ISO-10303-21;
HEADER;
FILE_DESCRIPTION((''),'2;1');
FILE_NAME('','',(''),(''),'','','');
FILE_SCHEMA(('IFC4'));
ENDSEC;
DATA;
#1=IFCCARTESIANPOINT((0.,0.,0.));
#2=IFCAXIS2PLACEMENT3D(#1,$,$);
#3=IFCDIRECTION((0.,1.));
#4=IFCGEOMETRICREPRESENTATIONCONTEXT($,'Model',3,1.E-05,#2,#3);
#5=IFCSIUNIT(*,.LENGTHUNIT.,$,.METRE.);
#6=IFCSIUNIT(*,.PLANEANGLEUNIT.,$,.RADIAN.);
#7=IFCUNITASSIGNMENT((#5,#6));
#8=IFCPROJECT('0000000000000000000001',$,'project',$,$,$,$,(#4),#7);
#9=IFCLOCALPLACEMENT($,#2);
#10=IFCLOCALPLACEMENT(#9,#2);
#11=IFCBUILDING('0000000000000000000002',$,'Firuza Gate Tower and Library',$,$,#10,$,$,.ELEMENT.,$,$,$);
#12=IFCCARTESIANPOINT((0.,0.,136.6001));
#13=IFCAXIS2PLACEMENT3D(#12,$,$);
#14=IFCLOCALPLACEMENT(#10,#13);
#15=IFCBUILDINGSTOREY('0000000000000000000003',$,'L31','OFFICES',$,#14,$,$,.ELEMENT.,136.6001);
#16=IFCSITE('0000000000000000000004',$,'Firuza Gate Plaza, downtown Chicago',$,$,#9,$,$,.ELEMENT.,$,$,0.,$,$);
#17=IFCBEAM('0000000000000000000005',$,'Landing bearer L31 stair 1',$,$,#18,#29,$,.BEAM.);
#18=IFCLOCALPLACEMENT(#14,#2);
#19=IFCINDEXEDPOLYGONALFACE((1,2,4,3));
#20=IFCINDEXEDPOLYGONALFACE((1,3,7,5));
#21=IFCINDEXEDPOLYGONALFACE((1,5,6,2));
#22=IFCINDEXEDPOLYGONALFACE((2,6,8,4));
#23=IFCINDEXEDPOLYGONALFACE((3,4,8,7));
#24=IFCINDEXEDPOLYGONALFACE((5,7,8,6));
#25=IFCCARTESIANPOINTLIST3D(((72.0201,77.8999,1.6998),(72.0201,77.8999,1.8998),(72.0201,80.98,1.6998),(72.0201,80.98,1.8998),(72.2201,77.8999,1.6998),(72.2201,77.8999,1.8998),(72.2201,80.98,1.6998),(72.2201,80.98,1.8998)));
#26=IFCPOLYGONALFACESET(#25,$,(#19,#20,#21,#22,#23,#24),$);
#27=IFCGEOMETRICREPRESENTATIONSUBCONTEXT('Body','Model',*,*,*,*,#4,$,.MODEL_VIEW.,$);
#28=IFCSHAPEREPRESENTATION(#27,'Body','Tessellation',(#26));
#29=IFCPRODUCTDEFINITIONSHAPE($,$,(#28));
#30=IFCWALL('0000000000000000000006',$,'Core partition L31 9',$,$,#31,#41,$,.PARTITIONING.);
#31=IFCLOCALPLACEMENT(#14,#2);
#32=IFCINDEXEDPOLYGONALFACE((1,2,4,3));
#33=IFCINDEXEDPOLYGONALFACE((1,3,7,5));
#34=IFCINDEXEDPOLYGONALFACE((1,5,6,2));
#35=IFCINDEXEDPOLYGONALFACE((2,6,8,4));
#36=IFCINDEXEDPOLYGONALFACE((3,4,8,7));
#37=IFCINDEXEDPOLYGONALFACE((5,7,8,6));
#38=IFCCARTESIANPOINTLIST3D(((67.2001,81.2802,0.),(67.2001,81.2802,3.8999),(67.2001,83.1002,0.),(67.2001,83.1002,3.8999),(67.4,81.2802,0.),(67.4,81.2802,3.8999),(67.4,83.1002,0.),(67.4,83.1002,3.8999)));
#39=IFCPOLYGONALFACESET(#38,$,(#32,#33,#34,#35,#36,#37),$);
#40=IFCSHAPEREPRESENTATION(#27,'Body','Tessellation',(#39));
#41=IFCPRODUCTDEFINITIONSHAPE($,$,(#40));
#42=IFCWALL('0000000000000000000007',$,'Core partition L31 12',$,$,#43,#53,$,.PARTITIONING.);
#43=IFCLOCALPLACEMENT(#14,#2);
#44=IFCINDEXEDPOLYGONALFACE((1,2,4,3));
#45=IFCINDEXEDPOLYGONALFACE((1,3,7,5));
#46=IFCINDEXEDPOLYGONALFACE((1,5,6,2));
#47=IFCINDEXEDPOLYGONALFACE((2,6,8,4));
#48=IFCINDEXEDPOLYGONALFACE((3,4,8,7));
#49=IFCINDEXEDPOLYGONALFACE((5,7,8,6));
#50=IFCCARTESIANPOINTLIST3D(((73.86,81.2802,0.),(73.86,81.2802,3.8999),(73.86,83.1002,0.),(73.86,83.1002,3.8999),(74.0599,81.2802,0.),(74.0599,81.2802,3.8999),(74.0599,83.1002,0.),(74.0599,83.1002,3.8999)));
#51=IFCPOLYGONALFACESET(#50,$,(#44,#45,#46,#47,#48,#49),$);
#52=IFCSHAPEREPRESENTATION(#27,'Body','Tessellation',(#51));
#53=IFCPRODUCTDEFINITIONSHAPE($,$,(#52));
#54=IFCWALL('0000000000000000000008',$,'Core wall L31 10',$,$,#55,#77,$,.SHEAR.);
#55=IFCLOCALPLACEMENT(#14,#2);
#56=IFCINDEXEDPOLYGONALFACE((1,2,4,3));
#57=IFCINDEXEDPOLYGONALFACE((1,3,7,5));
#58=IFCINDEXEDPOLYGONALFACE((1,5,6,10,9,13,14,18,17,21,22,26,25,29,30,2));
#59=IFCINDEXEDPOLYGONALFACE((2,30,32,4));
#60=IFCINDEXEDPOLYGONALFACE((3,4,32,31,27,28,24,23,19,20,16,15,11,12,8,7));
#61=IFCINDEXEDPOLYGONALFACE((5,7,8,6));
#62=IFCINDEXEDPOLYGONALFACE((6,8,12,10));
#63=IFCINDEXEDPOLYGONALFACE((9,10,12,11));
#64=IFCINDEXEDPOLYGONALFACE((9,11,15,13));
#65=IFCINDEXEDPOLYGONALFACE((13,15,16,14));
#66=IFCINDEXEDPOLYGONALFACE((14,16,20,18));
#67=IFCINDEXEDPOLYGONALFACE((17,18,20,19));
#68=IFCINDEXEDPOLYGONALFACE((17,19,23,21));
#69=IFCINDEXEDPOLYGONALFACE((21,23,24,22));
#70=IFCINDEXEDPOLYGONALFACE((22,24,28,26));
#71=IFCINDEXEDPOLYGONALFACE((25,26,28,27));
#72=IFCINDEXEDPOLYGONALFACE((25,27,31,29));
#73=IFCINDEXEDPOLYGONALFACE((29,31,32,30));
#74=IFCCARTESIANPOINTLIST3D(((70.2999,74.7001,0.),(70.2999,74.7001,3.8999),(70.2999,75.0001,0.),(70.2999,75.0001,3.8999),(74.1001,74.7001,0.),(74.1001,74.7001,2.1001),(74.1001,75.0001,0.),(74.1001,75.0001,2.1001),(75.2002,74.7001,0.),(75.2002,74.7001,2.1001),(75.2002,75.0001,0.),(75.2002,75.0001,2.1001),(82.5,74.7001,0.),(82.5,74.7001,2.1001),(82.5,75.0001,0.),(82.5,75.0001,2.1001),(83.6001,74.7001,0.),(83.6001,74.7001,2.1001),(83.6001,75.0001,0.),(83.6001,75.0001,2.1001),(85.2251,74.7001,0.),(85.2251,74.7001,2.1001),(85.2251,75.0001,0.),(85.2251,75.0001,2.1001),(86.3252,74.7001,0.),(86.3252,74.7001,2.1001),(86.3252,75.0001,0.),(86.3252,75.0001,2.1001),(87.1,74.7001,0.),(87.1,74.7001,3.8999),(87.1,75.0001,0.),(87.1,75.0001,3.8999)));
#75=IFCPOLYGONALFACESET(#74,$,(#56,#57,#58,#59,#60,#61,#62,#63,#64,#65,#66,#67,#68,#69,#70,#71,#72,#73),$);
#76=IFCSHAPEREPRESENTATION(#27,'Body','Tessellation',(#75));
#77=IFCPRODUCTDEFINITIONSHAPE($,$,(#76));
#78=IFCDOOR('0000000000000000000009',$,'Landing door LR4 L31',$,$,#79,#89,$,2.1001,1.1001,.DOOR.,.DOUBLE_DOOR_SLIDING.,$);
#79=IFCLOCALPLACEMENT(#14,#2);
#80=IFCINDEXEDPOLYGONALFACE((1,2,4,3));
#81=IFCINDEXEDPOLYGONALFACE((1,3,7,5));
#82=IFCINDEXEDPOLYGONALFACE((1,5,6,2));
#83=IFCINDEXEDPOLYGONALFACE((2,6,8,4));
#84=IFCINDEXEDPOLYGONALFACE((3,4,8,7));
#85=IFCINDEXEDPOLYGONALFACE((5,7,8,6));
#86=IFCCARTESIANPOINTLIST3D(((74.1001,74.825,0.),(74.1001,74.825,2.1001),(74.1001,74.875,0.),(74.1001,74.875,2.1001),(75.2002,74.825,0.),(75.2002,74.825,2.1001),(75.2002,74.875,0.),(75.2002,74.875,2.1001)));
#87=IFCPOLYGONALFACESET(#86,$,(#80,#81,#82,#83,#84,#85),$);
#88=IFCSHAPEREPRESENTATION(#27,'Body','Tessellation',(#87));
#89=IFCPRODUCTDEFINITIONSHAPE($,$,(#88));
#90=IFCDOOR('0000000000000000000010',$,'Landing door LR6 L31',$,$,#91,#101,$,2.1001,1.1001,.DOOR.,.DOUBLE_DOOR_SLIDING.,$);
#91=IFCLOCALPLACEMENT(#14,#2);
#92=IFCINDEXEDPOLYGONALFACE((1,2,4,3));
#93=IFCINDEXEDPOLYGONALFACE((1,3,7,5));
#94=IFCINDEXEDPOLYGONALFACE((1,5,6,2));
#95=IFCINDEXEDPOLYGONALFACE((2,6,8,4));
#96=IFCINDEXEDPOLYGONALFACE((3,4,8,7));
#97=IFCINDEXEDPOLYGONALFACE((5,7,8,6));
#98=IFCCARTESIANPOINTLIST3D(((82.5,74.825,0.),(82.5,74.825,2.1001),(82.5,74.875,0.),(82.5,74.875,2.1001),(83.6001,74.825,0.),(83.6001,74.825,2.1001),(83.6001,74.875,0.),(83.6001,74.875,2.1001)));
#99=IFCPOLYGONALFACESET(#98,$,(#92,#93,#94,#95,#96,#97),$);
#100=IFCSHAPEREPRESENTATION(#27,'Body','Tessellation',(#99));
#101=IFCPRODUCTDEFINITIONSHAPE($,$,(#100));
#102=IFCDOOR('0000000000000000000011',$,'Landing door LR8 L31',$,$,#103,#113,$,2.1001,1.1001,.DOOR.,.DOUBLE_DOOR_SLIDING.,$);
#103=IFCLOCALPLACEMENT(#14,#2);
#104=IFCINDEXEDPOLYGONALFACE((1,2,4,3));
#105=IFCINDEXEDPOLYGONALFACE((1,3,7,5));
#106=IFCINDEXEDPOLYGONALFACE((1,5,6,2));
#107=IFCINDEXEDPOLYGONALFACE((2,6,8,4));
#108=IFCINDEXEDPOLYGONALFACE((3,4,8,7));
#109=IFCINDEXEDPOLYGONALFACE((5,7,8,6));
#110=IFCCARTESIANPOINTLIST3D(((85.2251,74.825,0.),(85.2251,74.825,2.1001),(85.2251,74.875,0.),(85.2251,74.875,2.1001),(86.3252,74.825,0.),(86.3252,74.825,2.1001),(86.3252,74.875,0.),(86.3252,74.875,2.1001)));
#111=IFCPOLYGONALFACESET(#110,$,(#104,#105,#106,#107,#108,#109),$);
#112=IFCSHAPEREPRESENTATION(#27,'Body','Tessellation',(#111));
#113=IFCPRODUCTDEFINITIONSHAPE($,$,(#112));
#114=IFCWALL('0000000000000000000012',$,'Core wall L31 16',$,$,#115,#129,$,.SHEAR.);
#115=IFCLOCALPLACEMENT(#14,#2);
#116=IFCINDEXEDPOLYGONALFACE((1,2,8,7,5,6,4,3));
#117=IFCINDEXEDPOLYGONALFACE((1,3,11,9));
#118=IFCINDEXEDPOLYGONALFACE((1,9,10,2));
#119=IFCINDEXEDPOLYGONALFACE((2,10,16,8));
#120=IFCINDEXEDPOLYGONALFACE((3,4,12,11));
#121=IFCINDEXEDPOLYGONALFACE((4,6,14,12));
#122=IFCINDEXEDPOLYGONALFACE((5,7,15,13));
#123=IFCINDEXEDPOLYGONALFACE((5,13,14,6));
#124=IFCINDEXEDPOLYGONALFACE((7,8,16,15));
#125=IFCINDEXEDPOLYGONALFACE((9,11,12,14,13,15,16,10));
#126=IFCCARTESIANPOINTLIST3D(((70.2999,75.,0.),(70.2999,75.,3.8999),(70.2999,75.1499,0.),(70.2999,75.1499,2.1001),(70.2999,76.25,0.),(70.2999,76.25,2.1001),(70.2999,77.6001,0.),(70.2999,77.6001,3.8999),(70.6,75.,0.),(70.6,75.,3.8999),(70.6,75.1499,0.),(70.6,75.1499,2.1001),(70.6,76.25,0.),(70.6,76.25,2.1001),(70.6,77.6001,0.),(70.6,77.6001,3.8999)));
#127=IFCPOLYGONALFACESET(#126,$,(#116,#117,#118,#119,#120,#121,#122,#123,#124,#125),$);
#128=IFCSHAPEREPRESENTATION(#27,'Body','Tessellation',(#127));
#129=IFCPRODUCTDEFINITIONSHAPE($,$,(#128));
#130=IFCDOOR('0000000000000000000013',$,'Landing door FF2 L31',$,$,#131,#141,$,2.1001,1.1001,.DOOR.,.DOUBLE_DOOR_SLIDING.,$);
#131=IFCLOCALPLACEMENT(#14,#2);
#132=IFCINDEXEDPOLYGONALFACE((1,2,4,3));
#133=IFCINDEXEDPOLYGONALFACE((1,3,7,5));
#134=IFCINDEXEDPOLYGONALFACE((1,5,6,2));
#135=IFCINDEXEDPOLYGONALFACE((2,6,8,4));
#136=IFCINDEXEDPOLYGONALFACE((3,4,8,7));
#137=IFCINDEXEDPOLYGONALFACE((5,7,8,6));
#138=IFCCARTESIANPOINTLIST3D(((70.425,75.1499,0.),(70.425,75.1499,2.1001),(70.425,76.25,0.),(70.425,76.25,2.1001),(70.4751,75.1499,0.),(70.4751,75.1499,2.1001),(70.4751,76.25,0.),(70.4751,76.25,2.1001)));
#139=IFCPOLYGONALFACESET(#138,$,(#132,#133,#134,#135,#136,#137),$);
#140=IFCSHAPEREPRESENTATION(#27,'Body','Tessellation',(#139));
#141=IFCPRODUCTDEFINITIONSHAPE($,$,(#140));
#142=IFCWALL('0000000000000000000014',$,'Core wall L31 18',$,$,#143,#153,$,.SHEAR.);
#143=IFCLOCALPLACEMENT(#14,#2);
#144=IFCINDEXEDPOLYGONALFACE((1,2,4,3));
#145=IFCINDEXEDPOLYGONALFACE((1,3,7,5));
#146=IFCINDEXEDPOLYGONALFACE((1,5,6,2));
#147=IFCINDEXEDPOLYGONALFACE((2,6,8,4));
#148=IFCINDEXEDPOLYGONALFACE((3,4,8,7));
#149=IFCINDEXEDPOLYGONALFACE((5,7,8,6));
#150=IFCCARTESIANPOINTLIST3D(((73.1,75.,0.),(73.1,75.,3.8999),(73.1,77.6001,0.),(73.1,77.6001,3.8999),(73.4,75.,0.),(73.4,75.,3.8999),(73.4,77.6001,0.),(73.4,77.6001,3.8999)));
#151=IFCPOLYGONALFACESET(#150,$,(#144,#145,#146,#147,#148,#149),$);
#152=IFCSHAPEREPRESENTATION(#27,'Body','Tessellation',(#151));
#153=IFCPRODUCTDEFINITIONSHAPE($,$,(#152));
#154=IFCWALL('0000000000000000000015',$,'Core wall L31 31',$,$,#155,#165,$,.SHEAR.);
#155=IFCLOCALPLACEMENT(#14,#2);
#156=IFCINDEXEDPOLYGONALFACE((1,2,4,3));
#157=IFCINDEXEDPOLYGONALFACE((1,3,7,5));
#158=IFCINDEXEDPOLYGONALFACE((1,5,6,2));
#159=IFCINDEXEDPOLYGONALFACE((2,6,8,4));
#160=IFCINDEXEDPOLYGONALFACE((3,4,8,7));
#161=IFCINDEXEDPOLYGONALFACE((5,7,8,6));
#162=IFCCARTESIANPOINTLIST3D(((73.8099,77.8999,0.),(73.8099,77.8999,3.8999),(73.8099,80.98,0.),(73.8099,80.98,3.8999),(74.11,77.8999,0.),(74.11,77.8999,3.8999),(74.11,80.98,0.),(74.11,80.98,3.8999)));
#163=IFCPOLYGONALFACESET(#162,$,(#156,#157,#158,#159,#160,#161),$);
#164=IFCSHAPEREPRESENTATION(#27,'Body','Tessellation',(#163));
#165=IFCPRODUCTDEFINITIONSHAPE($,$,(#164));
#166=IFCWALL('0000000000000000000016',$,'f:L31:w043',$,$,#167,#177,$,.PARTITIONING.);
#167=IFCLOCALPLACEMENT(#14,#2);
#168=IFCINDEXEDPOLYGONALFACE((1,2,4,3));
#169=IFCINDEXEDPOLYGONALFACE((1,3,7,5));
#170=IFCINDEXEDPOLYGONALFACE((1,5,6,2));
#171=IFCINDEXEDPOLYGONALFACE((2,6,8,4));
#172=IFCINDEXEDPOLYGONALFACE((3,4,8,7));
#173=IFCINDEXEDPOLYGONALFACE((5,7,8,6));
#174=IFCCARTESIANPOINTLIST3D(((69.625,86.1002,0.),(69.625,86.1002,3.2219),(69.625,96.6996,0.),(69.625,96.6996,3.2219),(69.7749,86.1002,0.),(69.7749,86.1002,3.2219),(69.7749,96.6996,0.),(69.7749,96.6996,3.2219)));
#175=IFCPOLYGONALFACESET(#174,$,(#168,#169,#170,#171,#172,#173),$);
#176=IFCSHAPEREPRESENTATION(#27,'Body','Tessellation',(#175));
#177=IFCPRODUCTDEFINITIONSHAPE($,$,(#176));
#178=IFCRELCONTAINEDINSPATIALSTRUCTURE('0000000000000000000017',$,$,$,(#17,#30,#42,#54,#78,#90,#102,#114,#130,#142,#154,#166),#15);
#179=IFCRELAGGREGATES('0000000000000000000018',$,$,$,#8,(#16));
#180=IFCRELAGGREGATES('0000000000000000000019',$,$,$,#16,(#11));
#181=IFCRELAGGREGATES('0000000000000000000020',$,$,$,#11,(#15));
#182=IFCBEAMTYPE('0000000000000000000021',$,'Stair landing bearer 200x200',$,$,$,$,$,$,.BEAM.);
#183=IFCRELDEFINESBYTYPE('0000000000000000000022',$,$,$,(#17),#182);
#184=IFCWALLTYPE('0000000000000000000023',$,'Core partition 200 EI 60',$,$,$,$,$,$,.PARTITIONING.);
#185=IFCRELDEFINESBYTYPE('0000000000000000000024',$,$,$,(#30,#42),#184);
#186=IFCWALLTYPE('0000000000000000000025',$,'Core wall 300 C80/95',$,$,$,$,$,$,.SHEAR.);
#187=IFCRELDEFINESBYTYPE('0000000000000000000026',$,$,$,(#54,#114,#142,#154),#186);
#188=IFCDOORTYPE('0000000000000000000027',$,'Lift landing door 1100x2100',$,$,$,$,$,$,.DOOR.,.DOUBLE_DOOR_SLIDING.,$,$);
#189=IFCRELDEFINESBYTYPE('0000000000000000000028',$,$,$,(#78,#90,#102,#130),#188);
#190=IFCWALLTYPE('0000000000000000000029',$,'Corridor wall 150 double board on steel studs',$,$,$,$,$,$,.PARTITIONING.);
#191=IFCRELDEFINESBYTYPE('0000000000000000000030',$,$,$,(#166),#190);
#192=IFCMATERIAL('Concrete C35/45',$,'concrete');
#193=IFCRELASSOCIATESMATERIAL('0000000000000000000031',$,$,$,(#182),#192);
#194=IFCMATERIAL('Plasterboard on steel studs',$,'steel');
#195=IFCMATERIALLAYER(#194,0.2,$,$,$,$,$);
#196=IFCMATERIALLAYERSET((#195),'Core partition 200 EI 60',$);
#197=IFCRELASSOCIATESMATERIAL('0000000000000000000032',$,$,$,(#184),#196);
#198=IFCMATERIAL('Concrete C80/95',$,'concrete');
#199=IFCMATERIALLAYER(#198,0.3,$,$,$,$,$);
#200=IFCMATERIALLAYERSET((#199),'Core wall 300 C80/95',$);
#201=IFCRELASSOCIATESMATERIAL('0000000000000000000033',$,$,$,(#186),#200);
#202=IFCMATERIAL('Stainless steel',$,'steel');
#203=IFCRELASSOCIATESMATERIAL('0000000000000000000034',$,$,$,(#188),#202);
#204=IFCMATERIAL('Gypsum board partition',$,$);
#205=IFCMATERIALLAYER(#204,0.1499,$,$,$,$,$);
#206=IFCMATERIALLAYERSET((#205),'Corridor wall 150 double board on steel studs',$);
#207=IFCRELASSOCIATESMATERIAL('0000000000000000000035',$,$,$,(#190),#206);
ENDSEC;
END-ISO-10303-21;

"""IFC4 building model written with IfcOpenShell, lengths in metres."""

from ifc_helpers import new_model, si_unit, direction, frame, frame_2d, origin, origin_2d, place, context, subcontext, project, spatial, rectangle, extrude, material, layer, layer_set, material_profile, profile_set, type_object, element, fill, save


model = new_model("IFC4")

# Units and contexts
model_context = context("Model", 3, precision=1e-05, world=origin(), true_north=direction((0.0, 1.0)))
body_context = subcontext(model_context, "Body", "Model", "MODEL_VIEW")
ifc_project = project(units=[si_unit("LENGTHUNIT", "METRE"), si_unit("PLANEANGLEUNIT", "RADIAN")], contexts=[model_context])

# Site, building, storey
site_placement = place(None, origin())
site = spatial("IfcSite", under=ifc_project, at=site_placement, Name="Firuza Gate Plaza, downtown Chicago", CompositionType="ELEMENT", RefElevation=0.0)
building_placement = place(site_placement, origin())
building = spatial("IfcBuilding", under=site, at=building_placement, Name="Firuza Gate Tower and Library", CompositionType="ELEMENT")
storey_placement = place(building_placement, frame((0.0, 0.0, 136.6001)))
storey = spatial("IfcBuildingStorey", under=building, at=storey_placement, Name="L31", Description="OFFICES", CompositionType="ELEMENT", Elevation=136.6001)

# Beam
ifc_material_1 = material(Name="Concrete C35/45", Category="concrete")
ifc_material_profile = material_profile(ifc_material_1, rectangle(XDim=0.2, YDim=0.2, at=origin_2d()))
ifc_profile_set = profile_set([ifc_material_profile], Name="Concrete C35/45")
beam_type = type_object("IfcBeamType", Name="Stair landing bearer 200x200", PredefinedType="BEAM", material=ifc_profile_set)
beam_placement = place(storey_placement, frame((72.1201, 77.8999, 1.7998), z_axis=(0.0, 1.0, 0.0), x_axis=(-1.0, 0.0, 0.0)))
element("IfcBeam", 1, at=beam_placement, inside=storey, type_object=beam_type, Name="Landing bearer L31 stair 1", PredefinedType="BEAM", context=body_context, shape_type="SweptSolid", body=[
    extrude(rectangle(XDim=0.2, YDim=0.2, at=origin_2d()), origin(), (0.0, 0.0, 1.0), 3.0801),
])

# Walls
ifc_material_2 = material(Name="Plasterboard on steel studs", Category="steel")
ifc_layer_1 = layer(ifc_material_2, 0.2)
ifc_layer_set_1 = layer_set([ifc_layer_1], Name="Core partition 200 EI 60")
wall_type_1 = type_object("IfcWallType", Name="Core partition 200 EI 60", PredefinedType="PARTITIONING", material=ifc_layer_set_1)
for number, where, z_axis, x_axis, name in (
    (2, (67.3, 81.28, 0.0), (0.0, 0.0, 1.0), (0.0, 1.0, 0.0), "Core partition L31 9"),
    (3, (73.96, 81.28, 0.0), (0.0, 0.0, 1.0), (0.0, 1.0, 0.0), "Core partition L31 12"),
):
    element("IfcWall", number, at=place(storey_placement, frame(where, z_axis=z_axis, x_axis=x_axis)), inside=storey, type_object=wall_type_1, Name=name, PredefinedType="PARTITIONING", context=body_context, shape_type="SweptSolid", body=[
        extrude(rectangle(XDim=1.8201, YDim=0.2, at=frame_2d((0.9102, 0.0))), origin(), (0.0, 0.0, 1.0), 3.8999),
    ])

# Wall, openings, doors
ifc_material_3 = material(Name="Concrete C80/95", Category="concrete")
ifc_layer_2 = layer(ifc_material_3, 0.3)
ifc_layer_set_2 = layer_set([ifc_layer_2], Name="Core wall 300 C80/95")
wall_type_2 = type_object("IfcWallType", Name="Core wall 300 C80/95", PredefinedType="SHEAR", material=ifc_layer_set_2)
wall_1_placement = place(storey_placement, frame((70.3, 74.8501, 0.0), z_axis=(0.0, 0.0, 1.0), x_axis=(1.0, 0.0, 0.0)))
wall_1 = element("IfcWall", 4, at=wall_1_placement, inside=storey, type_object=wall_type_2, Name="Core wall L31 10", PredefinedType="SHEAR", context=body_context, shape_type="SweptSolid", body=[
    extrude(rectangle(XDim=16.8, YDim=0.3, at=frame_2d((8.3999, 0.0))), origin(), (0.0, 0.0, 1.0), 3.8999),
])
opening_1_placement = place(wall_1_placement, frame((3.8, 0.0, 0.0)))
opening_1 = element("IfcOpeningElement", 5, at=opening_1_placement, cuts=wall_1, PredefinedType="OPENING", context=body_context, shape_type="SweptSolid", body=[
    extrude(rectangle(XDim=1.1001, YDim=2.1001, at=frame_2d((0.55, 1.05))), frame((0.0, 0.1602, 0.0), z_axis=(0.0, -1.0, 0.0), x_axis=(1.0, 0.0, 0.0)), (0.0, 0.0, 1.0), 0.3201),
])
opening_2_placement = place(wall_1_placement, frame((12.2, 0.0, 0.0)))
opening_2 = element("IfcOpeningElement", 6, at=opening_2_placement, cuts=wall_1, PredefinedType="OPENING", context=body_context, shape_type="SweptSolid", body=[
    extrude(rectangle(XDim=1.1001, YDim=2.1001, at=frame_2d((0.55, 1.05))), frame((0.0, 0.1602, 0.0), z_axis=(0.0, -1.0, 0.0), x_axis=(1.0, 0.0, 0.0)), (0.0, 0.0, 1.0), 0.3201),
])
opening_3_placement = place(wall_1_placement, frame((14.925, 0.0, 0.0)))
opening_3 = element("IfcOpeningElement", 7, at=opening_3_placement, cuts=wall_1, PredefinedType="OPENING", context=body_context, shape_type="SweptSolid", body=[
    extrude(rectangle(XDim=1.1001, YDim=2.1001, at=frame_2d((0.55, 1.05))), frame((0.0, 0.1602, 0.0), z_axis=(0.0, -1.0, 0.0), x_axis=(1.0, 0.0, 0.0)), (0.0, 0.0, 1.0), 0.3201),
])
ifc_material_4 = material(Name="Stainless steel", Category="steel")
door_type = type_object("IfcDoorType", Name="Lift landing door 1100x2100", OperationType="DOUBLE_DOOR_SLIDING", PredefinedType="DOOR", material=ifc_material_4)
door_1_placement = place(opening_1_placement, origin())
door_1 = element("IfcDoor", 8, at=door_1_placement, inside=storey, type_object=door_type, Name="Landing door LR4 L31", OperationType="DOUBLE_DOOR_SLIDING", OverallHeight=2.1001, OverallWidth=1.1001, PredefinedType="DOOR", context=body_context, shape_type="SweptSolid", body=[
    extrude(rectangle(XDim=1.1001, YDim=2.1001, at=frame_2d((0.55, 1.05))), frame((0.0, 0.0249, 0.0), z_axis=(0.0, -1.0, 0.0), x_axis=(1.0, 0.0, 0.0)), (0.0, 0.0, 1.0), 0.05),
])
fill(opening_1, door_1)
door_2_placement = place(opening_2_placement, origin())
door_2 = element("IfcDoor", 9, at=door_2_placement, inside=storey, type_object=door_type, Name="Landing door LR6 L31", OperationType="DOUBLE_DOOR_SLIDING", OverallHeight=2.1001, OverallWidth=1.1001, PredefinedType="DOOR", context=body_context, shape_type="SweptSolid", body=[
    extrude(rectangle(XDim=1.1001, YDim=2.1001, at=frame_2d((0.55, 1.05))), frame((0.0, 0.0249, 0.0), z_axis=(0.0, -1.0, 0.0), x_axis=(1.0, 0.0, 0.0)), (0.0, 0.0, 1.0), 0.05),
])
fill(opening_2, door_2)
door_3_placement = place(opening_3_placement, origin())
door_3 = element("IfcDoor", 10, at=door_3_placement, inside=storey, type_object=door_type, Name="Landing door LR8 L31", OperationType="DOUBLE_DOOR_SLIDING", OverallHeight=2.1001, OverallWidth=1.1001, PredefinedType="DOOR", context=body_context, shape_type="SweptSolid", body=[
    extrude(rectangle(XDim=1.1001, YDim=2.1001, at=frame_2d((0.55, 1.05))), frame((0.0, 0.0249, 0.0), z_axis=(0.0, -1.0, 0.0), x_axis=(1.0, 0.0, 0.0)), (0.0, 0.0, 1.0), 0.05),
])
fill(opening_3, door_3)

# Wall, opening, door
wall_2_placement = place(storey_placement, frame((70.45, 75.0, 0.0), z_axis=(0.0, 0.0, 1.0), x_axis=(0.0, 1.0, 0.0)))
wall_2 = element("IfcWall", 11, at=wall_2_placement, inside=storey, type_object=wall_type_2, Name="Core wall L31 16", PredefinedType="SHEAR", context=body_context, shape_type="SweptSolid", body=[
    extrude(rectangle(XDim=2.6001, YDim=0.3, at=frame_2d((1.3, 0.0))), origin(), (0.0, 0.0, 1.0), 3.8999),
])
opening_4_placement = place(wall_2_placement, frame((0.1499, 0.0, 0.0)))
opening_4 = element("IfcOpeningElement", 12, at=opening_4_placement, cuts=wall_2, PredefinedType="OPENING", context=body_context, shape_type="SweptSolid", body=[
    extrude(rectangle(XDim=1.1001, YDim=2.1001, at=frame_2d((0.55, 1.05))), frame((0.0, 0.1602, 0.0), z_axis=(0.0, -1.0, 0.0), x_axis=(1.0, 0.0, 0.0)), (0.0, 0.0, 1.0), 0.3201),
])
door_4_placement = place(opening_4_placement, origin())
door_4 = element("IfcDoor", 13, at=door_4_placement, inside=storey, type_object=door_type, Name="Landing door FF2 L31", OperationType="DOUBLE_DOOR_SLIDING", OverallHeight=2.1001, OverallWidth=1.1001, PredefinedType="DOOR", context=body_context, shape_type="SweptSolid", body=[
    extrude(rectangle(XDim=1.1001, YDim=2.1001, at=frame_2d((0.55, 1.05))), frame((0.0, 0.0249, 0.0), z_axis=(0.0, -1.0, 0.0), x_axis=(1.0, 0.0, 0.0)), (0.0, 0.0, 1.0), 0.05),
])
fill(opening_4, door_4)

# Walls
wall_3_placement = place(storey_placement, frame((73.25, 75.0, 0.0), z_axis=(0.0, 0.0, 1.0), x_axis=(0.0, 1.0, 0.0)))
element("IfcWall", 14, at=wall_3_placement, inside=storey, type_object=wall_type_2, Name="Core wall L31 18", PredefinedType="SHEAR", context=body_context, shape_type="SweptSolid", body=[
    extrude(rectangle(XDim=2.6001, YDim=0.3, at=frame_2d((1.3, 0.0))), origin(), (0.0, 0.0, 1.0), 3.8999),
])
wall_4_placement = place(storey_placement, frame((73.96, 77.8999, 0.0), z_axis=(0.0, 0.0, 1.0), x_axis=(0.0, 1.0, 0.0)))
element("IfcWall", 15, at=wall_4_placement, inside=storey, type_object=wall_type_2, Name="Core wall L31 31", PredefinedType="SHEAR", context=body_context, shape_type="SweptSolid", body=[
    extrude(rectangle(XDim=3.0801, YDim=0.3, at=frame_2d((1.54, 0.0))), origin(), (0.0, 0.0, 1.0), 3.8999),
])
ifc_material_5 = material(Name="Gypsum board partition")
ifc_layer_3 = layer(ifc_material_5, 0.1499)
ifc_layer_set_3 = layer_set([ifc_layer_3], Name="Corridor wall 150 double board on steel studs")
wall_type_3 = type_object("IfcWallType", Name="Corridor wall 150 double board on steel studs", PredefinedType="PARTITIONING", material=ifc_layer_set_3)
wall_5_placement = place(storey_placement, frame((69.7, 86.1001, 0.0), z_axis=(0.0, 0.0, 1.0), x_axis=(0.0, 1.0, 0.0)))
element("IfcWall", 16, at=wall_5_placement, inside=storey, type_object=wall_type_3, Name="f:L31:w043", PredefinedType="PARTITIONING", context=body_context, shape_type="SweptSolid", body=[
    extrude(rectangle(XDim=10.5994, YDim=0.1499, at=frame_2d((5.2998, 0.0))), origin(), (0.0, 0.0, 1.0), 3.2219),
])

save(model, "model.ifc")
